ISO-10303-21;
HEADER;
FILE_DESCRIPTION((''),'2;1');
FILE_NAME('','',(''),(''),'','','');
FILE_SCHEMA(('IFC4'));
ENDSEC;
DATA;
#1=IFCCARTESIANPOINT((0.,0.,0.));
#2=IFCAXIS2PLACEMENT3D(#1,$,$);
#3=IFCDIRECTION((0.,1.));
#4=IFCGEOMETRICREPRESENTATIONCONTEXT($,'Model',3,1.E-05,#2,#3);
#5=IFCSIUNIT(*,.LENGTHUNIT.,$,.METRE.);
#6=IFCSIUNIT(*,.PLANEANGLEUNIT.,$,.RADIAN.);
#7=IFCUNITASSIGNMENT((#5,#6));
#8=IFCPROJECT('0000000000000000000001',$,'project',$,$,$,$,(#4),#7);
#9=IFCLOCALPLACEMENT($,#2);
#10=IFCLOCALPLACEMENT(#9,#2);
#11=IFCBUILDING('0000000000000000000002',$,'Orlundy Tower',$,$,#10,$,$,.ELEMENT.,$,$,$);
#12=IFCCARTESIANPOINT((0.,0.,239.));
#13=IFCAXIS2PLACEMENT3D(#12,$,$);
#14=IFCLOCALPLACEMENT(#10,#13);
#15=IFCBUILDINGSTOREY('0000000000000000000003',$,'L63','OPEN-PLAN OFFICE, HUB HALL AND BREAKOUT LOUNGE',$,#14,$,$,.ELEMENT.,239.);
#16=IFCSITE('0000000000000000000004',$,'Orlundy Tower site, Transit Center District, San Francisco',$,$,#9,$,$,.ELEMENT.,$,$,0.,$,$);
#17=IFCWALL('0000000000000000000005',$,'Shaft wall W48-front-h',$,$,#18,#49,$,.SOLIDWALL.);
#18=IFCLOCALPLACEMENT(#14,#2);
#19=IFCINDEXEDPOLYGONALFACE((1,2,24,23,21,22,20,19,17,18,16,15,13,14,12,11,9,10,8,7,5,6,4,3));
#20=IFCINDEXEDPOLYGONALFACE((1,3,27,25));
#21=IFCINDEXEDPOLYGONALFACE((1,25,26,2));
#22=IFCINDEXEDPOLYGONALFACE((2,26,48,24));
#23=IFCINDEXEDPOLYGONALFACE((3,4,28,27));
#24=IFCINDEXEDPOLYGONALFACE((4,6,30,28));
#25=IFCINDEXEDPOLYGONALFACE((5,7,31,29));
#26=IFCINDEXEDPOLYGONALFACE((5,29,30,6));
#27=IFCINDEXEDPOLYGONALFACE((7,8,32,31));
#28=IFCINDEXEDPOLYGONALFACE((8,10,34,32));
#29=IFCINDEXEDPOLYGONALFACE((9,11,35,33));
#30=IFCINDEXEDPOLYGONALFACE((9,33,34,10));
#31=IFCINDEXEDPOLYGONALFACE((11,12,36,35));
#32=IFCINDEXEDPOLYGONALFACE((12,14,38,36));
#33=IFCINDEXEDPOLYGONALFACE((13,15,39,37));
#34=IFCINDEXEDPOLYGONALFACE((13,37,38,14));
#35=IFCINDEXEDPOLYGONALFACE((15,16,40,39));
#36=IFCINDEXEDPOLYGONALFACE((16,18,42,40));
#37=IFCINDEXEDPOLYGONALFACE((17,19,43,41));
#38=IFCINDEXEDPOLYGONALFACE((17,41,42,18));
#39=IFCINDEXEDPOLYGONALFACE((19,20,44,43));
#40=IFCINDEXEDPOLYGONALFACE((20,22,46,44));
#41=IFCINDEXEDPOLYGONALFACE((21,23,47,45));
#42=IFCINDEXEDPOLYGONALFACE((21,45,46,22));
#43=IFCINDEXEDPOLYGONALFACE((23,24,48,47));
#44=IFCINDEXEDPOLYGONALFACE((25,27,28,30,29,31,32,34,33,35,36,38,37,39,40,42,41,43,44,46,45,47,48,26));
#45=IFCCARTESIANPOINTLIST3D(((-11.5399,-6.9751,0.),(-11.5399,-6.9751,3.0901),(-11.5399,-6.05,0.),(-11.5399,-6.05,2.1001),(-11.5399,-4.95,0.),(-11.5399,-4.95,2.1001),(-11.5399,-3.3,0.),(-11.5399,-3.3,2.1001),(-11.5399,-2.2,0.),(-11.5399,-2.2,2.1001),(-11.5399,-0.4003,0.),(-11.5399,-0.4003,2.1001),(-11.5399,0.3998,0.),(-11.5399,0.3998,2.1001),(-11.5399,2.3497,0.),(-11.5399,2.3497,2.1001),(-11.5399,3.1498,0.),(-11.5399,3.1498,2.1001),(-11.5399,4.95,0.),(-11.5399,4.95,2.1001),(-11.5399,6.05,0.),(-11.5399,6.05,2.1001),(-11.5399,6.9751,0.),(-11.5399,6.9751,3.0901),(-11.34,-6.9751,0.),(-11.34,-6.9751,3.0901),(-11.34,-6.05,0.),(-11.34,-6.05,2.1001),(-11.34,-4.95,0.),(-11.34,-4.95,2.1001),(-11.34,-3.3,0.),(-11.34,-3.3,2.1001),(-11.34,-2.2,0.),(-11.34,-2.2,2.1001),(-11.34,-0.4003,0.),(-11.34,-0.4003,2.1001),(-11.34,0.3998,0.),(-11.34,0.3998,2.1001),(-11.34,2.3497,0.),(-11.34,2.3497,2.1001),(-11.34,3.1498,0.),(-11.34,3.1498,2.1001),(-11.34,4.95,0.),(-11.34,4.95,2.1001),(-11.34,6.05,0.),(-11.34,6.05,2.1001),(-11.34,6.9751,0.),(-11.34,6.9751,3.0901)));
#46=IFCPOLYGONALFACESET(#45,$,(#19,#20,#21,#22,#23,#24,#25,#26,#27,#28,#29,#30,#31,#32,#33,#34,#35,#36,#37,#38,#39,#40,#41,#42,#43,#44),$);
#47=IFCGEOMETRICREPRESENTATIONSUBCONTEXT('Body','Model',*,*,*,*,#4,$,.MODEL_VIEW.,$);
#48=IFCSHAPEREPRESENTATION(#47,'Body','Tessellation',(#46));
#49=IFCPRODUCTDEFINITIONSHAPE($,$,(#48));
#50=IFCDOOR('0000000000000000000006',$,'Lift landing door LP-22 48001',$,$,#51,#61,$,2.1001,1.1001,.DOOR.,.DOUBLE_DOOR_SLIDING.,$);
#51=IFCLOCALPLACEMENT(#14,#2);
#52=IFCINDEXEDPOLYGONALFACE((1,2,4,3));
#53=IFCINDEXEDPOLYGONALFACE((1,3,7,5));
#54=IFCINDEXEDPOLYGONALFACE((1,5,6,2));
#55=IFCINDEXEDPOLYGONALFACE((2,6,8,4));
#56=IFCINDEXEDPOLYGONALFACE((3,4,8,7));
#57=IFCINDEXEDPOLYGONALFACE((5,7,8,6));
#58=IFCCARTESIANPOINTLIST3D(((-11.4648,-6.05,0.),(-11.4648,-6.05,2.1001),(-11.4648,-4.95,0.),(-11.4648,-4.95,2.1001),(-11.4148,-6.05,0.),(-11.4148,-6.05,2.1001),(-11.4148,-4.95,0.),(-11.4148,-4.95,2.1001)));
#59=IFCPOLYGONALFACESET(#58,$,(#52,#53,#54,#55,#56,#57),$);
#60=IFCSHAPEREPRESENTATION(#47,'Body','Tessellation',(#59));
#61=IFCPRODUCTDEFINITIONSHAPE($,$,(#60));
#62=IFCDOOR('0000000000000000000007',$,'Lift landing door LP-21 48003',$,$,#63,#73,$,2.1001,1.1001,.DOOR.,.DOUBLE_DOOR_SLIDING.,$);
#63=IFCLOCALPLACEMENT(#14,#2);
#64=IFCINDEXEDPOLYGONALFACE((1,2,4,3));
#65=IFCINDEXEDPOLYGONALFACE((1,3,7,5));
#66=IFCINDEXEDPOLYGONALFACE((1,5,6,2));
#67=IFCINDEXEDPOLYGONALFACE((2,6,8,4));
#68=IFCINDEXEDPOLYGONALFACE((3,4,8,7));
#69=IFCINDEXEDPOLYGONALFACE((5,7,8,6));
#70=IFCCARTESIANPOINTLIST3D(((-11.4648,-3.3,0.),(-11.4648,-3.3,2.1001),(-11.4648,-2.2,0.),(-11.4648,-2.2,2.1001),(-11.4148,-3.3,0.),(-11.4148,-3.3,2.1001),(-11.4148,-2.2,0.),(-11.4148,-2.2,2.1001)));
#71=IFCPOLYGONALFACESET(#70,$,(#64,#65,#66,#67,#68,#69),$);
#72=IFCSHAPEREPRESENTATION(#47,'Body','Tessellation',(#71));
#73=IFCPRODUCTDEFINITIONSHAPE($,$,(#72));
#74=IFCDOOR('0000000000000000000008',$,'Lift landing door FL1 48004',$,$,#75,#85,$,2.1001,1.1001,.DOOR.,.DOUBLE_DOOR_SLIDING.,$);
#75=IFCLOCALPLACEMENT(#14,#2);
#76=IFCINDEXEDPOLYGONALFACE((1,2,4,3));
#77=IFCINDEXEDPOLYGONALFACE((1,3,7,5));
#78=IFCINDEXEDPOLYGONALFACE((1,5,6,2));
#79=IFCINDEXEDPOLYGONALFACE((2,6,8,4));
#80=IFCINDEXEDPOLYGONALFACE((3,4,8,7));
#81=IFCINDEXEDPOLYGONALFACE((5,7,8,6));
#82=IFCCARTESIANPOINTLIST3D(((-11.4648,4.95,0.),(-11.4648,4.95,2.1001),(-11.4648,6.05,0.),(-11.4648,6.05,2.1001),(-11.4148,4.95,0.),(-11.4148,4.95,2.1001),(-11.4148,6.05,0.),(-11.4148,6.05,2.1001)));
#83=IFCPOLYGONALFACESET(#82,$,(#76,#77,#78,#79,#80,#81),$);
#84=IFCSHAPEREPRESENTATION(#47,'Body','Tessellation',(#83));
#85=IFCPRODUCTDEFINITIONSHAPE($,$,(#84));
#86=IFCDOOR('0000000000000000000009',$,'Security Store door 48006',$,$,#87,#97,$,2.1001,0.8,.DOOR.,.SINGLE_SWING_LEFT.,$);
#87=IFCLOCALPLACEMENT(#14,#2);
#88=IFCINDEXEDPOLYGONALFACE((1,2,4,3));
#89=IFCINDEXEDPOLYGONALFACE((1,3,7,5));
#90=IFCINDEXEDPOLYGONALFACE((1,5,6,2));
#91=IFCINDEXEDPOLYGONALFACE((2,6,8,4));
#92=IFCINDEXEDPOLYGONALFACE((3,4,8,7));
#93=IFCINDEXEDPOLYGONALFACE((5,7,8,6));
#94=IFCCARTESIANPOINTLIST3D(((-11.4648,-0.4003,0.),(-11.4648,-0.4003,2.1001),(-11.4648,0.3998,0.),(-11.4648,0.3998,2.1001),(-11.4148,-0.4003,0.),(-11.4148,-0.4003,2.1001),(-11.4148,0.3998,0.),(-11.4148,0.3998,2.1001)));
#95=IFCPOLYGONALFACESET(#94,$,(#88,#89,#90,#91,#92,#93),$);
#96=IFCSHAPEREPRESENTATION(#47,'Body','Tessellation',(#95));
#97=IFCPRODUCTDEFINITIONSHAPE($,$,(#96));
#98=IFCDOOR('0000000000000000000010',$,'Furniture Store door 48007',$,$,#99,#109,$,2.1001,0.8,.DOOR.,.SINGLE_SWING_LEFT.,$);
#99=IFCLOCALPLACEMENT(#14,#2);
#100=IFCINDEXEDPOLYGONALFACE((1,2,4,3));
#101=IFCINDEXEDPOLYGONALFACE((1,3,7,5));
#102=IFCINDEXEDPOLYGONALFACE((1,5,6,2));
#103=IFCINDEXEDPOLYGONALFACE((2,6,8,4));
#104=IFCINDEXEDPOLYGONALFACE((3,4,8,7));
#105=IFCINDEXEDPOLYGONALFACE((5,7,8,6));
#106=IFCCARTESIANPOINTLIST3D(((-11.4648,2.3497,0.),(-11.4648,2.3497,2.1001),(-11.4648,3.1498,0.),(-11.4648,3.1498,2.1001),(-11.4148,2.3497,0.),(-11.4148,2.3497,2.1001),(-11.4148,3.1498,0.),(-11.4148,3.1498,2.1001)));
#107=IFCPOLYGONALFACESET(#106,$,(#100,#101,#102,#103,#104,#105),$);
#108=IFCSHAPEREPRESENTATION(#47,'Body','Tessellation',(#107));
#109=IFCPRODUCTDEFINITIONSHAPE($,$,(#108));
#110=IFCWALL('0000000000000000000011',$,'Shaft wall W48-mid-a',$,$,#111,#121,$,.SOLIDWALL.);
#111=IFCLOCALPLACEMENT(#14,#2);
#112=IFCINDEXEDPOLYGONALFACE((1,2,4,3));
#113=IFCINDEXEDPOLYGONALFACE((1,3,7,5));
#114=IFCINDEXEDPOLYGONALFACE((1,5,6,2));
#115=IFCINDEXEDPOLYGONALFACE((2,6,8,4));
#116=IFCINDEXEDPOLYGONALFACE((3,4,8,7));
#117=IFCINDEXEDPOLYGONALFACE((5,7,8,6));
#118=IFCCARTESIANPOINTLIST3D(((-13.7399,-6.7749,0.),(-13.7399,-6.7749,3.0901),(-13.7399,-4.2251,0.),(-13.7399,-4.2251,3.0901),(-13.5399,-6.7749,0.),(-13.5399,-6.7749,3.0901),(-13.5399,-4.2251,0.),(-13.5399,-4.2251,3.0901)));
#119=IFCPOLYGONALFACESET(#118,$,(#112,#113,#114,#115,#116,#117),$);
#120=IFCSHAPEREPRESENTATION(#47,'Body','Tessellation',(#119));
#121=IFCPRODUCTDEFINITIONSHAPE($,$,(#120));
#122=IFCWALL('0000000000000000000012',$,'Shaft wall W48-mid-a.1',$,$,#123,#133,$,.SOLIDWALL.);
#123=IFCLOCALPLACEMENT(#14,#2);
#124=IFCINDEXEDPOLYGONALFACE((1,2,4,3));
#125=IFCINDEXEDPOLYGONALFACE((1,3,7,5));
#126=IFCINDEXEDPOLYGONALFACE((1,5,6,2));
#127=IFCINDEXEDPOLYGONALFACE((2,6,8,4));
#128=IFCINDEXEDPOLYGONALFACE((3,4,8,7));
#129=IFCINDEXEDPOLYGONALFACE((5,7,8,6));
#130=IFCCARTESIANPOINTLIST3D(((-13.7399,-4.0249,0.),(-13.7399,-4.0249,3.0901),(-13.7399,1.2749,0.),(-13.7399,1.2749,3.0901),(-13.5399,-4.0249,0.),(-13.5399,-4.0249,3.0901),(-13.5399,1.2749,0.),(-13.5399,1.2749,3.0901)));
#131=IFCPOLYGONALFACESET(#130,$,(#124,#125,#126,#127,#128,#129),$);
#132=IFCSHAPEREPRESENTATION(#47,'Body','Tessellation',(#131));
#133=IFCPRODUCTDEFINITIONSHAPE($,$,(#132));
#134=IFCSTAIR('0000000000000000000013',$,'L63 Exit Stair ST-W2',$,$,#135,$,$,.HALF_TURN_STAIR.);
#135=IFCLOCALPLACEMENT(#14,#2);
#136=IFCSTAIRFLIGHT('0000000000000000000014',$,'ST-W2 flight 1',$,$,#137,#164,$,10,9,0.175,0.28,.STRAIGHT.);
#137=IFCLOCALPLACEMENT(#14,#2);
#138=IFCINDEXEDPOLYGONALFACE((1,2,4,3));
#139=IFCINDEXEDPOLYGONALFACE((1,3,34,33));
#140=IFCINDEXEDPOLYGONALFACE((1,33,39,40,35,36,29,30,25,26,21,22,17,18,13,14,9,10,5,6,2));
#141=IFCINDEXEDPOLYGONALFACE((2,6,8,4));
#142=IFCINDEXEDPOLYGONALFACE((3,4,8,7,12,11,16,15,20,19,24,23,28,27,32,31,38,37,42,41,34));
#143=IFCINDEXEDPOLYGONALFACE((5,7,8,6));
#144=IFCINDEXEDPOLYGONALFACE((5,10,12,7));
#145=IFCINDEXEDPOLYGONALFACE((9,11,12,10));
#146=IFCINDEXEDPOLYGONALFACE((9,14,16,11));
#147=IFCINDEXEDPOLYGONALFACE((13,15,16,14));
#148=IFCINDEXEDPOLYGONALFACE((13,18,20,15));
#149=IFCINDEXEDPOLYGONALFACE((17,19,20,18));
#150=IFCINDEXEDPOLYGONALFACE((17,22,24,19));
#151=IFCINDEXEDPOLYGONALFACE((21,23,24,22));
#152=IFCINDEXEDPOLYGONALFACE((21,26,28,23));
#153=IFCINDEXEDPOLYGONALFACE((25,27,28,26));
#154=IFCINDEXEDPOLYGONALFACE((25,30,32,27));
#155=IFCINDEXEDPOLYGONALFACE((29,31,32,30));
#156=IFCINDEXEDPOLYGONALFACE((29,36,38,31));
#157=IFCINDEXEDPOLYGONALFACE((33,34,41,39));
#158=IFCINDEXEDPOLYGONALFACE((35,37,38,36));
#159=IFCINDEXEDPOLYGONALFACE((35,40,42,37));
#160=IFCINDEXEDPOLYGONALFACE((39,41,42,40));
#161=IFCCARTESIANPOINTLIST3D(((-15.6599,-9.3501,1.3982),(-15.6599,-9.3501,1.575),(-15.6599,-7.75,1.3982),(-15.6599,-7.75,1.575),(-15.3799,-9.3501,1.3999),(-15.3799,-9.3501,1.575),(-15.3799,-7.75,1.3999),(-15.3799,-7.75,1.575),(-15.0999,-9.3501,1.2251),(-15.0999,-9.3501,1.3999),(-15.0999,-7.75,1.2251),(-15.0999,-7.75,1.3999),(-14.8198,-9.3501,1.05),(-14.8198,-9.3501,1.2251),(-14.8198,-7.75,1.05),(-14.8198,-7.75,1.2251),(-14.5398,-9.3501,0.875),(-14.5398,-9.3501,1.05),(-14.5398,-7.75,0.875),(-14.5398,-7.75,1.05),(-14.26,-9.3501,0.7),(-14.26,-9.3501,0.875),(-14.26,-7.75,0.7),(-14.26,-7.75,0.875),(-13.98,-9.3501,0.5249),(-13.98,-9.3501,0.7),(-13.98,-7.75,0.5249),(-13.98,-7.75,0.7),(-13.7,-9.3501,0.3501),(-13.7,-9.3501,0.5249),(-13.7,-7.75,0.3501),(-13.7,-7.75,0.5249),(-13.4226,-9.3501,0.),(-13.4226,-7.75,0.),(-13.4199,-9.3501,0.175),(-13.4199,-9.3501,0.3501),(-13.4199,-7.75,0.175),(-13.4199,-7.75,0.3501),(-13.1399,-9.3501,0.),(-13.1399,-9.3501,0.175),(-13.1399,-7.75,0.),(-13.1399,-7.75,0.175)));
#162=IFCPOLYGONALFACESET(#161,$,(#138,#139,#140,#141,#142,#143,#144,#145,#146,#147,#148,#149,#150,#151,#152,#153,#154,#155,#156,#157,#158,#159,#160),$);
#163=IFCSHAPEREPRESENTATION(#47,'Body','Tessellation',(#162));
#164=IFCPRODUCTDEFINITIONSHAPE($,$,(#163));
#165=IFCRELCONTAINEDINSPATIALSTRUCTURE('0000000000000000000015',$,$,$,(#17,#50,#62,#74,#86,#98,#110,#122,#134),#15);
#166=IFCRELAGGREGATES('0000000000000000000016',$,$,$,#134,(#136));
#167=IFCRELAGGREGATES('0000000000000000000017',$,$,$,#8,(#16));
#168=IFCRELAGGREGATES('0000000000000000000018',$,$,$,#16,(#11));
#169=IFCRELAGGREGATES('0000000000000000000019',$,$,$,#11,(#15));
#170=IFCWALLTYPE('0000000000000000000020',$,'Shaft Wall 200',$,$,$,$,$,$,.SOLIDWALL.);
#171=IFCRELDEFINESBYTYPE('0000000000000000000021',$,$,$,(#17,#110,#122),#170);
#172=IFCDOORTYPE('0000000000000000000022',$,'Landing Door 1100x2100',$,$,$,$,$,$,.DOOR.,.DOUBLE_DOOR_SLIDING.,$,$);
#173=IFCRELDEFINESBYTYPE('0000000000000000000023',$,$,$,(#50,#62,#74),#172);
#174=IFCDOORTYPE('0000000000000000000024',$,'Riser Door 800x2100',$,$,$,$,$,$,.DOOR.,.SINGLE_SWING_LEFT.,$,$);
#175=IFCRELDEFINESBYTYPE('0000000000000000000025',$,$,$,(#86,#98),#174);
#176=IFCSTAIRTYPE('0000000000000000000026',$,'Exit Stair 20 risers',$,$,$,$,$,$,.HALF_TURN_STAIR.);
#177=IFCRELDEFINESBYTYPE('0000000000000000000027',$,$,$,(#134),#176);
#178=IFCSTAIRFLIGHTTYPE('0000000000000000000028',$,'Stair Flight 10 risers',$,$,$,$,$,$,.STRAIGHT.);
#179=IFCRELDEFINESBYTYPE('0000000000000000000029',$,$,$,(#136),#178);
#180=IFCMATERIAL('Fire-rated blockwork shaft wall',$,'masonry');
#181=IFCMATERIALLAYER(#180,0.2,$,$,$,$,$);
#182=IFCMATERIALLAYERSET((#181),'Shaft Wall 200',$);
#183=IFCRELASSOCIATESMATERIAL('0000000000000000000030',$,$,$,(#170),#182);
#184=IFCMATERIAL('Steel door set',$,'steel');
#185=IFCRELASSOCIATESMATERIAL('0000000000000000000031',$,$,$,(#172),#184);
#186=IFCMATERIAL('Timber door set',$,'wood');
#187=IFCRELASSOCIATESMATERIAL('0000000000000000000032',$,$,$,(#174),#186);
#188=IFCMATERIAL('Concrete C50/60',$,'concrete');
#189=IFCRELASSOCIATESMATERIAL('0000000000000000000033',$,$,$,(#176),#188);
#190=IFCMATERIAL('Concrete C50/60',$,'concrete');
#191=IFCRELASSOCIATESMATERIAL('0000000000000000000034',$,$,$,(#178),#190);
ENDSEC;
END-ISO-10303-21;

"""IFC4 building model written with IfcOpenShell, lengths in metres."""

from ifc_helpers import new_model, si_unit, direction, frame, frame_2d, origin, place, context, subcontext, project, spatial, polyline, rectangle, outline, extrude, material, layer, layer_set, type_object, element, fill, aggregate, save


model = new_model("IFC4")

# Units and contexts
model_context = context("Model", 3, precision=1e-05, world=origin(), true_north=direction((0.0, 1.0)))
body_context = subcontext(model_context, "Body", "Model", "MODEL_VIEW")
ifc_project = project(units=[si_unit("LENGTHUNIT", "METRE"), si_unit("PLANEANGLEUNIT", "RADIAN")], contexts=[model_context])

# Site, building, storey
site_placement = place(None, origin())
site = spatial("IfcSite", under=ifc_project, at=site_placement, Name="Orlundy Tower site, Transit Center District, San Francisco", CompositionType="ELEMENT", RefElevation=0.0)
building_placement = place(site_placement, origin())
building = spatial("IfcBuilding", under=site, at=building_placement, Name="Orlundy Tower", CompositionType="ELEMENT")
storey_placement = place(building_placement, frame((0.0, 0.0, 239.0)))
storey = spatial("IfcBuildingStorey", under=building, at=storey_placement, Name="L63", Description="OPEN-PLAN OFFICE, HUB HALL AND BREAKOUT LOUNGE", CompositionType="ELEMENT", Elevation=239.0)

# Shared definitions
ifc_material_1 = material(Name="Fire-rated blockwork shaft wall", Category="masonry")
ifc_layer_1 = layer(ifc_material_1, 0.2)
ifc_layer_set_1 = layer_set([ifc_layer_1], Name="Shaft Wall 200")
wall_type_1 = type_object("IfcWallType", Name="Shaft Wall 200", PredefinedType="SOLIDWALL", material=ifc_layer_set_1)

# Wall, openings, doors
wall_1_placement = place(storey_placement, frame((-11.4399, -6.9751, 0.0), z_axis=(0.0, 0.0, 1.0), x_axis=(0.0, 1.0, 0.0)))
wall_1 = element("IfcWall", 1, at=wall_1_placement, inside=storey, type_object=wall_type_1, Name="Shaft wall W48-front-h", PredefinedType="SOLIDWALL", context=body_context, shape_type="SweptSolid", body=[
    extrude(rectangle(XDim=13.9502, YDim=0.2, at=frame_2d((6.9751, 0.0))), origin(), (0.0, 0.0, 1.0), 3.0901),
])
opening_1_placement = place(wall_1_placement, frame((0.925, 0.0, 0.0)))
opening_1 = element("IfcOpeningElement", 2, at=opening_1_placement, cuts=wall_1, PredefinedType="OPENING", context=body_context, shape_type="SweptSolid", body=[
    extrude(rectangle(XDim=1.1001, YDim=2.1001, at=frame_2d((0.55, 1.05))), frame((0.0, 0.1101, 0.0), z_axis=(0.0, -1.0, 0.0), x_axis=(1.0, 0.0, 0.0)), (0.0, 0.0, 1.0), 0.2202),
])
opening_2_placement = place(wall_1_placement, frame((3.675, 0.0, 0.0)))
opening_2 = element("IfcOpeningElement", 3, at=opening_2_placement, cuts=wall_1, PredefinedType="OPENING", context=body_context, shape_type="SweptSolid", body=[
    extrude(rectangle(XDim=1.1001, YDim=2.1001, at=frame_2d((0.55, 1.05))), frame((0.0, 0.1101, 0.0), z_axis=(0.0, -1.0, 0.0), x_axis=(1.0, 0.0, 0.0)), (0.0, 0.0, 1.0), 0.2202),
])
opening_3_placement = place(wall_1_placement, frame((11.925, 0.0, 0.0)))
opening_3 = element("IfcOpeningElement", 4, at=opening_3_placement, cuts=wall_1, PredefinedType="OPENING", context=body_context, shape_type="SweptSolid", body=[
    extrude(rectangle(XDim=1.1001, YDim=2.1001, at=frame_2d((0.55, 1.05))), frame((0.0, 0.1101, 0.0), z_axis=(0.0, -1.0, 0.0), x_axis=(1.0, 0.0, 0.0)), (0.0, 0.0, 1.0), 0.2202),
])
opening_4_placement = place(wall_1_placement, frame((6.575, 0.0, 0.0)))
opening_4 = element("IfcOpeningElement", 5, at=opening_4_placement, cuts=wall_1, PredefinedType="OPENING", context=body_context, shape_type="SweptSolid", body=[
    extrude(rectangle(XDim=0.8, YDim=2.1001, at=frame_2d((0.3999, 1.05))), frame((0.0, 0.1101, 0.0), z_axis=(0.0, -1.0, 0.0), x_axis=(1.0, 0.0, 0.0)), (0.0, 0.0, 1.0), 0.2202),
])
opening_5_placement = place(wall_1_placement, frame((9.325, 0.0, 0.0)))
opening_5 = element("IfcOpeningElement", 6, at=opening_5_placement, cuts=wall_1, PredefinedType="OPENING", context=body_context, shape_type="SweptSolid", body=[
    extrude(rectangle(XDim=0.8, YDim=2.1001, at=frame_2d((0.3999, 1.05))), frame((0.0, 0.1101, 0.0), z_axis=(0.0, -1.0, 0.0), x_axis=(1.0, 0.0, 0.0)), (0.0, 0.0, 1.0), 0.2202),
])
ifc_material_2 = material(Name="Steel door set", Category="steel")
door_type_1 = type_object("IfcDoorType", Name="Landing Door 1100x2100", OperationType="DOUBLE_DOOR_SLIDING", PredefinedType="DOOR", material=ifc_material_2)
door_1_placement = place(opening_1_placement, origin())
door_1 = element("IfcDoor", 7, at=door_1_placement, inside=storey, type_object=door_type_1, Name="Lift landing door LP-22 48001", OperationType="DOUBLE_DOOR_SLIDING", OverallHeight=2.1001, OverallWidth=1.1001, PredefinedType="DOOR", context=body_context, shape_type="SweptSolid", body=[
    extrude(rectangle(XDim=1.1001, YDim=2.1001, at=frame_2d((0.55, 1.05))), frame((0.0, 0.0249, 0.0), z_axis=(0.0, -1.0, 0.0), x_axis=(1.0, 0.0, 0.0)), (0.0, 0.0, 1.0), 0.05),
])
fill(opening_1, door_1)
door_2_placement = place(opening_2_placement, origin())
door_2 = element("IfcDoor", 8, at=door_2_placement, inside=storey, type_object=door_type_1, Name="Lift landing door LP-21 48003", OperationType="DOUBLE_DOOR_SLIDING", OverallHeight=2.1001, OverallWidth=1.1001, PredefinedType="DOOR", context=body_context, shape_type="SweptSolid", body=[
    extrude(rectangle(XDim=1.1001, YDim=2.1001, at=frame_2d((0.55, 1.05))), frame((0.0, 0.0249, 0.0), z_axis=(0.0, -1.0, 0.0), x_axis=(1.0, 0.0, 0.0)), (0.0, 0.0, 1.0), 0.05),
])
fill(opening_2, door_2)
door_3_placement = place(opening_3_placement, origin())
door_3 = element("IfcDoor", 9, at=door_3_placement, inside=storey, type_object=door_type_1, Name="Lift landing door FL1 48004", OperationType="DOUBLE_DOOR_SLIDING", OverallHeight=2.1001, OverallWidth=1.1001, PredefinedType="DOOR", context=body_context, shape_type="SweptSolid", body=[
    extrude(rectangle(XDim=1.1001, YDim=2.1001, at=frame_2d((0.55, 1.05))), frame((0.0, 0.0249, 0.0), z_axis=(0.0, -1.0, 0.0), x_axis=(1.0, 0.0, 0.0)), (0.0, 0.0, 1.0), 0.05),
])
fill(opening_3, door_3)
ifc_material_3 = material(Name="Timber door set", Category="wood")
door_type_2 = type_object("IfcDoorType", Name="Riser Door 800x2100", OperationType="SINGLE_SWING_LEFT", PredefinedType="DOOR", material=ifc_material_3)
door_4_placement = place(opening_4_placement, origin())
door_4 = element("IfcDoor", 10, at=door_4_placement, inside=storey, type_object=door_type_2, Name="Security Store door 48006", OperationType="SINGLE_SWING_LEFT", OverallHeight=2.1001, OverallWidth=0.8, PredefinedType="DOOR", context=body_context, shape_type="SweptSolid", body=[
    extrude(rectangle(XDim=0.8, YDim=2.1001, at=frame_2d((0.3999, 1.05))), frame((0.0, 0.0249, 0.0), z_axis=(0.0, -1.0, 0.0), x_axis=(1.0, 0.0, 0.0)), (0.0, 0.0, 1.0), 0.05),
])
fill(opening_4, door_4)
door_5_placement = place(opening_5_placement, origin())
door_5 = element("IfcDoor", 11, at=door_5_placement, inside=storey, type_object=door_type_2, Name="Furniture Store door 48007", OperationType="SINGLE_SWING_LEFT", OverallHeight=2.1001, OverallWidth=0.8, PredefinedType="DOOR", context=body_context, shape_type="SweptSolid", body=[
    extrude(rectangle(XDim=0.8, YDim=2.1001, at=frame_2d((0.3999, 1.05))), frame((0.0, 0.0249, 0.0), z_axis=(0.0, -1.0, 0.0), x_axis=(1.0, 0.0, 0.0)), (0.0, 0.0, 1.0), 0.05),
])
fill(opening_5, door_5)

# Walls
wall_2_placement = place(storey_placement, frame((-13.6399, -6.7749, 0.0), z_axis=(0.0, 0.0, 1.0), x_axis=(0.0, 1.0, 0.0)))
element("IfcWall", 12, at=wall_2_placement, inside=storey, type_object=wall_type_1, Name="Shaft wall W48-mid-a", PredefinedType="SOLIDWALL", context=body_context, shape_type="SweptSolid", body=[
    extrude(rectangle(XDim=2.5498, YDim=0.2, at=frame_2d((1.2749, 0.0))), origin(), (0.0, 0.0, 1.0), 3.0901),
])
wall_3_placement = place(storey_placement, frame((-13.6399, -4.0249, 0.0), z_axis=(0.0, 0.0, 1.0), x_axis=(0.0, 1.0, 0.0)))
element("IfcWall", 13, at=wall_3_placement, inside=storey, type_object=wall_type_1, Name="Shaft wall W48-mid-a.1", PredefinedType="SOLIDWALL", context=body_context, shape_type="SweptSolid", body=[
    extrude(rectangle(XDim=5.2998, YDim=0.2, at=frame_2d((2.6499, 0.0))), origin(), (0.0, 0.0, 1.0), 3.0901),
])

# Stair, stair flight
ifc_material_4 = material(Name="Concrete C50/60", Category="concrete")
stair_type = type_object("IfcStairType", Name="Exit Stair 20 risers", PredefinedType="HALF_TURN_STAIR", material=ifc_material_4)
stair_placement = place(storey_placement, origin())
stair = element("IfcStair", 14, at=stair_placement, inside=storey, type_object=stair_type, Name="L63 Exit Stair ST-W2", PredefinedType="HALF_TURN_STAIR")
ifc_material_5 = material(Name="Concrete C50/60", Category="concrete")
stair_flight_type = type_object("IfcStairFlightType", Name="Stair Flight 10 risers", PredefinedType="STRAIGHT", material=ifc_material_5)
stair_flight_1_placement = place(storey_placement, frame((-13.1399, -8.55, 0.0), z_axis=(0.0, 0.0, 1.0), x_axis=(-1.0, 0.0, 0.0)))
stair_flight_1 = element("IfcStairFlight", 15, at=stair_flight_1_placement, type_object=stair_flight_type, Name="ST-W2 flight 1", NumberOfRisers=10, NumberOfTreads=9, PredefinedType="STRAIGHT", RiserHeight=0.175, TreadLength=0.28, context=body_context, shape_type="SweptSolid", body=[
    extrude(outline(polyline([(0.0, 0.0), (0.0, 0.175), (0.28, 0.175), (0.28, 0.3501), (0.5601, 0.3501), (0.5601, 0.5249), (0.8401, 0.5249), (0.8401, 0.7), (1.1201, 0.7), (1.1201, 0.875), (1.3999, 0.875), (1.3999, 1.05), (1.6799, 1.05), (1.6799, 1.2251), (1.96, 1.2251), (1.96, 1.3999), (2.24, 1.3999), (2.24, 1.575), (2.52, 1.575), (2.52, 1.75), (2.52, 1.3982), (0.2827, 0.0), (0.0, 0.0)])), frame((0.0, 0.8, 0.0), z_axis=(0.0, -1.0, 0.0), x_axis=(1.0, 0.0, 0.0)), (0.0, 0.0, 1.0), 1.6001),
])
aggregate(stair, [stair_flight_1])

save(model, "model.ifc")
